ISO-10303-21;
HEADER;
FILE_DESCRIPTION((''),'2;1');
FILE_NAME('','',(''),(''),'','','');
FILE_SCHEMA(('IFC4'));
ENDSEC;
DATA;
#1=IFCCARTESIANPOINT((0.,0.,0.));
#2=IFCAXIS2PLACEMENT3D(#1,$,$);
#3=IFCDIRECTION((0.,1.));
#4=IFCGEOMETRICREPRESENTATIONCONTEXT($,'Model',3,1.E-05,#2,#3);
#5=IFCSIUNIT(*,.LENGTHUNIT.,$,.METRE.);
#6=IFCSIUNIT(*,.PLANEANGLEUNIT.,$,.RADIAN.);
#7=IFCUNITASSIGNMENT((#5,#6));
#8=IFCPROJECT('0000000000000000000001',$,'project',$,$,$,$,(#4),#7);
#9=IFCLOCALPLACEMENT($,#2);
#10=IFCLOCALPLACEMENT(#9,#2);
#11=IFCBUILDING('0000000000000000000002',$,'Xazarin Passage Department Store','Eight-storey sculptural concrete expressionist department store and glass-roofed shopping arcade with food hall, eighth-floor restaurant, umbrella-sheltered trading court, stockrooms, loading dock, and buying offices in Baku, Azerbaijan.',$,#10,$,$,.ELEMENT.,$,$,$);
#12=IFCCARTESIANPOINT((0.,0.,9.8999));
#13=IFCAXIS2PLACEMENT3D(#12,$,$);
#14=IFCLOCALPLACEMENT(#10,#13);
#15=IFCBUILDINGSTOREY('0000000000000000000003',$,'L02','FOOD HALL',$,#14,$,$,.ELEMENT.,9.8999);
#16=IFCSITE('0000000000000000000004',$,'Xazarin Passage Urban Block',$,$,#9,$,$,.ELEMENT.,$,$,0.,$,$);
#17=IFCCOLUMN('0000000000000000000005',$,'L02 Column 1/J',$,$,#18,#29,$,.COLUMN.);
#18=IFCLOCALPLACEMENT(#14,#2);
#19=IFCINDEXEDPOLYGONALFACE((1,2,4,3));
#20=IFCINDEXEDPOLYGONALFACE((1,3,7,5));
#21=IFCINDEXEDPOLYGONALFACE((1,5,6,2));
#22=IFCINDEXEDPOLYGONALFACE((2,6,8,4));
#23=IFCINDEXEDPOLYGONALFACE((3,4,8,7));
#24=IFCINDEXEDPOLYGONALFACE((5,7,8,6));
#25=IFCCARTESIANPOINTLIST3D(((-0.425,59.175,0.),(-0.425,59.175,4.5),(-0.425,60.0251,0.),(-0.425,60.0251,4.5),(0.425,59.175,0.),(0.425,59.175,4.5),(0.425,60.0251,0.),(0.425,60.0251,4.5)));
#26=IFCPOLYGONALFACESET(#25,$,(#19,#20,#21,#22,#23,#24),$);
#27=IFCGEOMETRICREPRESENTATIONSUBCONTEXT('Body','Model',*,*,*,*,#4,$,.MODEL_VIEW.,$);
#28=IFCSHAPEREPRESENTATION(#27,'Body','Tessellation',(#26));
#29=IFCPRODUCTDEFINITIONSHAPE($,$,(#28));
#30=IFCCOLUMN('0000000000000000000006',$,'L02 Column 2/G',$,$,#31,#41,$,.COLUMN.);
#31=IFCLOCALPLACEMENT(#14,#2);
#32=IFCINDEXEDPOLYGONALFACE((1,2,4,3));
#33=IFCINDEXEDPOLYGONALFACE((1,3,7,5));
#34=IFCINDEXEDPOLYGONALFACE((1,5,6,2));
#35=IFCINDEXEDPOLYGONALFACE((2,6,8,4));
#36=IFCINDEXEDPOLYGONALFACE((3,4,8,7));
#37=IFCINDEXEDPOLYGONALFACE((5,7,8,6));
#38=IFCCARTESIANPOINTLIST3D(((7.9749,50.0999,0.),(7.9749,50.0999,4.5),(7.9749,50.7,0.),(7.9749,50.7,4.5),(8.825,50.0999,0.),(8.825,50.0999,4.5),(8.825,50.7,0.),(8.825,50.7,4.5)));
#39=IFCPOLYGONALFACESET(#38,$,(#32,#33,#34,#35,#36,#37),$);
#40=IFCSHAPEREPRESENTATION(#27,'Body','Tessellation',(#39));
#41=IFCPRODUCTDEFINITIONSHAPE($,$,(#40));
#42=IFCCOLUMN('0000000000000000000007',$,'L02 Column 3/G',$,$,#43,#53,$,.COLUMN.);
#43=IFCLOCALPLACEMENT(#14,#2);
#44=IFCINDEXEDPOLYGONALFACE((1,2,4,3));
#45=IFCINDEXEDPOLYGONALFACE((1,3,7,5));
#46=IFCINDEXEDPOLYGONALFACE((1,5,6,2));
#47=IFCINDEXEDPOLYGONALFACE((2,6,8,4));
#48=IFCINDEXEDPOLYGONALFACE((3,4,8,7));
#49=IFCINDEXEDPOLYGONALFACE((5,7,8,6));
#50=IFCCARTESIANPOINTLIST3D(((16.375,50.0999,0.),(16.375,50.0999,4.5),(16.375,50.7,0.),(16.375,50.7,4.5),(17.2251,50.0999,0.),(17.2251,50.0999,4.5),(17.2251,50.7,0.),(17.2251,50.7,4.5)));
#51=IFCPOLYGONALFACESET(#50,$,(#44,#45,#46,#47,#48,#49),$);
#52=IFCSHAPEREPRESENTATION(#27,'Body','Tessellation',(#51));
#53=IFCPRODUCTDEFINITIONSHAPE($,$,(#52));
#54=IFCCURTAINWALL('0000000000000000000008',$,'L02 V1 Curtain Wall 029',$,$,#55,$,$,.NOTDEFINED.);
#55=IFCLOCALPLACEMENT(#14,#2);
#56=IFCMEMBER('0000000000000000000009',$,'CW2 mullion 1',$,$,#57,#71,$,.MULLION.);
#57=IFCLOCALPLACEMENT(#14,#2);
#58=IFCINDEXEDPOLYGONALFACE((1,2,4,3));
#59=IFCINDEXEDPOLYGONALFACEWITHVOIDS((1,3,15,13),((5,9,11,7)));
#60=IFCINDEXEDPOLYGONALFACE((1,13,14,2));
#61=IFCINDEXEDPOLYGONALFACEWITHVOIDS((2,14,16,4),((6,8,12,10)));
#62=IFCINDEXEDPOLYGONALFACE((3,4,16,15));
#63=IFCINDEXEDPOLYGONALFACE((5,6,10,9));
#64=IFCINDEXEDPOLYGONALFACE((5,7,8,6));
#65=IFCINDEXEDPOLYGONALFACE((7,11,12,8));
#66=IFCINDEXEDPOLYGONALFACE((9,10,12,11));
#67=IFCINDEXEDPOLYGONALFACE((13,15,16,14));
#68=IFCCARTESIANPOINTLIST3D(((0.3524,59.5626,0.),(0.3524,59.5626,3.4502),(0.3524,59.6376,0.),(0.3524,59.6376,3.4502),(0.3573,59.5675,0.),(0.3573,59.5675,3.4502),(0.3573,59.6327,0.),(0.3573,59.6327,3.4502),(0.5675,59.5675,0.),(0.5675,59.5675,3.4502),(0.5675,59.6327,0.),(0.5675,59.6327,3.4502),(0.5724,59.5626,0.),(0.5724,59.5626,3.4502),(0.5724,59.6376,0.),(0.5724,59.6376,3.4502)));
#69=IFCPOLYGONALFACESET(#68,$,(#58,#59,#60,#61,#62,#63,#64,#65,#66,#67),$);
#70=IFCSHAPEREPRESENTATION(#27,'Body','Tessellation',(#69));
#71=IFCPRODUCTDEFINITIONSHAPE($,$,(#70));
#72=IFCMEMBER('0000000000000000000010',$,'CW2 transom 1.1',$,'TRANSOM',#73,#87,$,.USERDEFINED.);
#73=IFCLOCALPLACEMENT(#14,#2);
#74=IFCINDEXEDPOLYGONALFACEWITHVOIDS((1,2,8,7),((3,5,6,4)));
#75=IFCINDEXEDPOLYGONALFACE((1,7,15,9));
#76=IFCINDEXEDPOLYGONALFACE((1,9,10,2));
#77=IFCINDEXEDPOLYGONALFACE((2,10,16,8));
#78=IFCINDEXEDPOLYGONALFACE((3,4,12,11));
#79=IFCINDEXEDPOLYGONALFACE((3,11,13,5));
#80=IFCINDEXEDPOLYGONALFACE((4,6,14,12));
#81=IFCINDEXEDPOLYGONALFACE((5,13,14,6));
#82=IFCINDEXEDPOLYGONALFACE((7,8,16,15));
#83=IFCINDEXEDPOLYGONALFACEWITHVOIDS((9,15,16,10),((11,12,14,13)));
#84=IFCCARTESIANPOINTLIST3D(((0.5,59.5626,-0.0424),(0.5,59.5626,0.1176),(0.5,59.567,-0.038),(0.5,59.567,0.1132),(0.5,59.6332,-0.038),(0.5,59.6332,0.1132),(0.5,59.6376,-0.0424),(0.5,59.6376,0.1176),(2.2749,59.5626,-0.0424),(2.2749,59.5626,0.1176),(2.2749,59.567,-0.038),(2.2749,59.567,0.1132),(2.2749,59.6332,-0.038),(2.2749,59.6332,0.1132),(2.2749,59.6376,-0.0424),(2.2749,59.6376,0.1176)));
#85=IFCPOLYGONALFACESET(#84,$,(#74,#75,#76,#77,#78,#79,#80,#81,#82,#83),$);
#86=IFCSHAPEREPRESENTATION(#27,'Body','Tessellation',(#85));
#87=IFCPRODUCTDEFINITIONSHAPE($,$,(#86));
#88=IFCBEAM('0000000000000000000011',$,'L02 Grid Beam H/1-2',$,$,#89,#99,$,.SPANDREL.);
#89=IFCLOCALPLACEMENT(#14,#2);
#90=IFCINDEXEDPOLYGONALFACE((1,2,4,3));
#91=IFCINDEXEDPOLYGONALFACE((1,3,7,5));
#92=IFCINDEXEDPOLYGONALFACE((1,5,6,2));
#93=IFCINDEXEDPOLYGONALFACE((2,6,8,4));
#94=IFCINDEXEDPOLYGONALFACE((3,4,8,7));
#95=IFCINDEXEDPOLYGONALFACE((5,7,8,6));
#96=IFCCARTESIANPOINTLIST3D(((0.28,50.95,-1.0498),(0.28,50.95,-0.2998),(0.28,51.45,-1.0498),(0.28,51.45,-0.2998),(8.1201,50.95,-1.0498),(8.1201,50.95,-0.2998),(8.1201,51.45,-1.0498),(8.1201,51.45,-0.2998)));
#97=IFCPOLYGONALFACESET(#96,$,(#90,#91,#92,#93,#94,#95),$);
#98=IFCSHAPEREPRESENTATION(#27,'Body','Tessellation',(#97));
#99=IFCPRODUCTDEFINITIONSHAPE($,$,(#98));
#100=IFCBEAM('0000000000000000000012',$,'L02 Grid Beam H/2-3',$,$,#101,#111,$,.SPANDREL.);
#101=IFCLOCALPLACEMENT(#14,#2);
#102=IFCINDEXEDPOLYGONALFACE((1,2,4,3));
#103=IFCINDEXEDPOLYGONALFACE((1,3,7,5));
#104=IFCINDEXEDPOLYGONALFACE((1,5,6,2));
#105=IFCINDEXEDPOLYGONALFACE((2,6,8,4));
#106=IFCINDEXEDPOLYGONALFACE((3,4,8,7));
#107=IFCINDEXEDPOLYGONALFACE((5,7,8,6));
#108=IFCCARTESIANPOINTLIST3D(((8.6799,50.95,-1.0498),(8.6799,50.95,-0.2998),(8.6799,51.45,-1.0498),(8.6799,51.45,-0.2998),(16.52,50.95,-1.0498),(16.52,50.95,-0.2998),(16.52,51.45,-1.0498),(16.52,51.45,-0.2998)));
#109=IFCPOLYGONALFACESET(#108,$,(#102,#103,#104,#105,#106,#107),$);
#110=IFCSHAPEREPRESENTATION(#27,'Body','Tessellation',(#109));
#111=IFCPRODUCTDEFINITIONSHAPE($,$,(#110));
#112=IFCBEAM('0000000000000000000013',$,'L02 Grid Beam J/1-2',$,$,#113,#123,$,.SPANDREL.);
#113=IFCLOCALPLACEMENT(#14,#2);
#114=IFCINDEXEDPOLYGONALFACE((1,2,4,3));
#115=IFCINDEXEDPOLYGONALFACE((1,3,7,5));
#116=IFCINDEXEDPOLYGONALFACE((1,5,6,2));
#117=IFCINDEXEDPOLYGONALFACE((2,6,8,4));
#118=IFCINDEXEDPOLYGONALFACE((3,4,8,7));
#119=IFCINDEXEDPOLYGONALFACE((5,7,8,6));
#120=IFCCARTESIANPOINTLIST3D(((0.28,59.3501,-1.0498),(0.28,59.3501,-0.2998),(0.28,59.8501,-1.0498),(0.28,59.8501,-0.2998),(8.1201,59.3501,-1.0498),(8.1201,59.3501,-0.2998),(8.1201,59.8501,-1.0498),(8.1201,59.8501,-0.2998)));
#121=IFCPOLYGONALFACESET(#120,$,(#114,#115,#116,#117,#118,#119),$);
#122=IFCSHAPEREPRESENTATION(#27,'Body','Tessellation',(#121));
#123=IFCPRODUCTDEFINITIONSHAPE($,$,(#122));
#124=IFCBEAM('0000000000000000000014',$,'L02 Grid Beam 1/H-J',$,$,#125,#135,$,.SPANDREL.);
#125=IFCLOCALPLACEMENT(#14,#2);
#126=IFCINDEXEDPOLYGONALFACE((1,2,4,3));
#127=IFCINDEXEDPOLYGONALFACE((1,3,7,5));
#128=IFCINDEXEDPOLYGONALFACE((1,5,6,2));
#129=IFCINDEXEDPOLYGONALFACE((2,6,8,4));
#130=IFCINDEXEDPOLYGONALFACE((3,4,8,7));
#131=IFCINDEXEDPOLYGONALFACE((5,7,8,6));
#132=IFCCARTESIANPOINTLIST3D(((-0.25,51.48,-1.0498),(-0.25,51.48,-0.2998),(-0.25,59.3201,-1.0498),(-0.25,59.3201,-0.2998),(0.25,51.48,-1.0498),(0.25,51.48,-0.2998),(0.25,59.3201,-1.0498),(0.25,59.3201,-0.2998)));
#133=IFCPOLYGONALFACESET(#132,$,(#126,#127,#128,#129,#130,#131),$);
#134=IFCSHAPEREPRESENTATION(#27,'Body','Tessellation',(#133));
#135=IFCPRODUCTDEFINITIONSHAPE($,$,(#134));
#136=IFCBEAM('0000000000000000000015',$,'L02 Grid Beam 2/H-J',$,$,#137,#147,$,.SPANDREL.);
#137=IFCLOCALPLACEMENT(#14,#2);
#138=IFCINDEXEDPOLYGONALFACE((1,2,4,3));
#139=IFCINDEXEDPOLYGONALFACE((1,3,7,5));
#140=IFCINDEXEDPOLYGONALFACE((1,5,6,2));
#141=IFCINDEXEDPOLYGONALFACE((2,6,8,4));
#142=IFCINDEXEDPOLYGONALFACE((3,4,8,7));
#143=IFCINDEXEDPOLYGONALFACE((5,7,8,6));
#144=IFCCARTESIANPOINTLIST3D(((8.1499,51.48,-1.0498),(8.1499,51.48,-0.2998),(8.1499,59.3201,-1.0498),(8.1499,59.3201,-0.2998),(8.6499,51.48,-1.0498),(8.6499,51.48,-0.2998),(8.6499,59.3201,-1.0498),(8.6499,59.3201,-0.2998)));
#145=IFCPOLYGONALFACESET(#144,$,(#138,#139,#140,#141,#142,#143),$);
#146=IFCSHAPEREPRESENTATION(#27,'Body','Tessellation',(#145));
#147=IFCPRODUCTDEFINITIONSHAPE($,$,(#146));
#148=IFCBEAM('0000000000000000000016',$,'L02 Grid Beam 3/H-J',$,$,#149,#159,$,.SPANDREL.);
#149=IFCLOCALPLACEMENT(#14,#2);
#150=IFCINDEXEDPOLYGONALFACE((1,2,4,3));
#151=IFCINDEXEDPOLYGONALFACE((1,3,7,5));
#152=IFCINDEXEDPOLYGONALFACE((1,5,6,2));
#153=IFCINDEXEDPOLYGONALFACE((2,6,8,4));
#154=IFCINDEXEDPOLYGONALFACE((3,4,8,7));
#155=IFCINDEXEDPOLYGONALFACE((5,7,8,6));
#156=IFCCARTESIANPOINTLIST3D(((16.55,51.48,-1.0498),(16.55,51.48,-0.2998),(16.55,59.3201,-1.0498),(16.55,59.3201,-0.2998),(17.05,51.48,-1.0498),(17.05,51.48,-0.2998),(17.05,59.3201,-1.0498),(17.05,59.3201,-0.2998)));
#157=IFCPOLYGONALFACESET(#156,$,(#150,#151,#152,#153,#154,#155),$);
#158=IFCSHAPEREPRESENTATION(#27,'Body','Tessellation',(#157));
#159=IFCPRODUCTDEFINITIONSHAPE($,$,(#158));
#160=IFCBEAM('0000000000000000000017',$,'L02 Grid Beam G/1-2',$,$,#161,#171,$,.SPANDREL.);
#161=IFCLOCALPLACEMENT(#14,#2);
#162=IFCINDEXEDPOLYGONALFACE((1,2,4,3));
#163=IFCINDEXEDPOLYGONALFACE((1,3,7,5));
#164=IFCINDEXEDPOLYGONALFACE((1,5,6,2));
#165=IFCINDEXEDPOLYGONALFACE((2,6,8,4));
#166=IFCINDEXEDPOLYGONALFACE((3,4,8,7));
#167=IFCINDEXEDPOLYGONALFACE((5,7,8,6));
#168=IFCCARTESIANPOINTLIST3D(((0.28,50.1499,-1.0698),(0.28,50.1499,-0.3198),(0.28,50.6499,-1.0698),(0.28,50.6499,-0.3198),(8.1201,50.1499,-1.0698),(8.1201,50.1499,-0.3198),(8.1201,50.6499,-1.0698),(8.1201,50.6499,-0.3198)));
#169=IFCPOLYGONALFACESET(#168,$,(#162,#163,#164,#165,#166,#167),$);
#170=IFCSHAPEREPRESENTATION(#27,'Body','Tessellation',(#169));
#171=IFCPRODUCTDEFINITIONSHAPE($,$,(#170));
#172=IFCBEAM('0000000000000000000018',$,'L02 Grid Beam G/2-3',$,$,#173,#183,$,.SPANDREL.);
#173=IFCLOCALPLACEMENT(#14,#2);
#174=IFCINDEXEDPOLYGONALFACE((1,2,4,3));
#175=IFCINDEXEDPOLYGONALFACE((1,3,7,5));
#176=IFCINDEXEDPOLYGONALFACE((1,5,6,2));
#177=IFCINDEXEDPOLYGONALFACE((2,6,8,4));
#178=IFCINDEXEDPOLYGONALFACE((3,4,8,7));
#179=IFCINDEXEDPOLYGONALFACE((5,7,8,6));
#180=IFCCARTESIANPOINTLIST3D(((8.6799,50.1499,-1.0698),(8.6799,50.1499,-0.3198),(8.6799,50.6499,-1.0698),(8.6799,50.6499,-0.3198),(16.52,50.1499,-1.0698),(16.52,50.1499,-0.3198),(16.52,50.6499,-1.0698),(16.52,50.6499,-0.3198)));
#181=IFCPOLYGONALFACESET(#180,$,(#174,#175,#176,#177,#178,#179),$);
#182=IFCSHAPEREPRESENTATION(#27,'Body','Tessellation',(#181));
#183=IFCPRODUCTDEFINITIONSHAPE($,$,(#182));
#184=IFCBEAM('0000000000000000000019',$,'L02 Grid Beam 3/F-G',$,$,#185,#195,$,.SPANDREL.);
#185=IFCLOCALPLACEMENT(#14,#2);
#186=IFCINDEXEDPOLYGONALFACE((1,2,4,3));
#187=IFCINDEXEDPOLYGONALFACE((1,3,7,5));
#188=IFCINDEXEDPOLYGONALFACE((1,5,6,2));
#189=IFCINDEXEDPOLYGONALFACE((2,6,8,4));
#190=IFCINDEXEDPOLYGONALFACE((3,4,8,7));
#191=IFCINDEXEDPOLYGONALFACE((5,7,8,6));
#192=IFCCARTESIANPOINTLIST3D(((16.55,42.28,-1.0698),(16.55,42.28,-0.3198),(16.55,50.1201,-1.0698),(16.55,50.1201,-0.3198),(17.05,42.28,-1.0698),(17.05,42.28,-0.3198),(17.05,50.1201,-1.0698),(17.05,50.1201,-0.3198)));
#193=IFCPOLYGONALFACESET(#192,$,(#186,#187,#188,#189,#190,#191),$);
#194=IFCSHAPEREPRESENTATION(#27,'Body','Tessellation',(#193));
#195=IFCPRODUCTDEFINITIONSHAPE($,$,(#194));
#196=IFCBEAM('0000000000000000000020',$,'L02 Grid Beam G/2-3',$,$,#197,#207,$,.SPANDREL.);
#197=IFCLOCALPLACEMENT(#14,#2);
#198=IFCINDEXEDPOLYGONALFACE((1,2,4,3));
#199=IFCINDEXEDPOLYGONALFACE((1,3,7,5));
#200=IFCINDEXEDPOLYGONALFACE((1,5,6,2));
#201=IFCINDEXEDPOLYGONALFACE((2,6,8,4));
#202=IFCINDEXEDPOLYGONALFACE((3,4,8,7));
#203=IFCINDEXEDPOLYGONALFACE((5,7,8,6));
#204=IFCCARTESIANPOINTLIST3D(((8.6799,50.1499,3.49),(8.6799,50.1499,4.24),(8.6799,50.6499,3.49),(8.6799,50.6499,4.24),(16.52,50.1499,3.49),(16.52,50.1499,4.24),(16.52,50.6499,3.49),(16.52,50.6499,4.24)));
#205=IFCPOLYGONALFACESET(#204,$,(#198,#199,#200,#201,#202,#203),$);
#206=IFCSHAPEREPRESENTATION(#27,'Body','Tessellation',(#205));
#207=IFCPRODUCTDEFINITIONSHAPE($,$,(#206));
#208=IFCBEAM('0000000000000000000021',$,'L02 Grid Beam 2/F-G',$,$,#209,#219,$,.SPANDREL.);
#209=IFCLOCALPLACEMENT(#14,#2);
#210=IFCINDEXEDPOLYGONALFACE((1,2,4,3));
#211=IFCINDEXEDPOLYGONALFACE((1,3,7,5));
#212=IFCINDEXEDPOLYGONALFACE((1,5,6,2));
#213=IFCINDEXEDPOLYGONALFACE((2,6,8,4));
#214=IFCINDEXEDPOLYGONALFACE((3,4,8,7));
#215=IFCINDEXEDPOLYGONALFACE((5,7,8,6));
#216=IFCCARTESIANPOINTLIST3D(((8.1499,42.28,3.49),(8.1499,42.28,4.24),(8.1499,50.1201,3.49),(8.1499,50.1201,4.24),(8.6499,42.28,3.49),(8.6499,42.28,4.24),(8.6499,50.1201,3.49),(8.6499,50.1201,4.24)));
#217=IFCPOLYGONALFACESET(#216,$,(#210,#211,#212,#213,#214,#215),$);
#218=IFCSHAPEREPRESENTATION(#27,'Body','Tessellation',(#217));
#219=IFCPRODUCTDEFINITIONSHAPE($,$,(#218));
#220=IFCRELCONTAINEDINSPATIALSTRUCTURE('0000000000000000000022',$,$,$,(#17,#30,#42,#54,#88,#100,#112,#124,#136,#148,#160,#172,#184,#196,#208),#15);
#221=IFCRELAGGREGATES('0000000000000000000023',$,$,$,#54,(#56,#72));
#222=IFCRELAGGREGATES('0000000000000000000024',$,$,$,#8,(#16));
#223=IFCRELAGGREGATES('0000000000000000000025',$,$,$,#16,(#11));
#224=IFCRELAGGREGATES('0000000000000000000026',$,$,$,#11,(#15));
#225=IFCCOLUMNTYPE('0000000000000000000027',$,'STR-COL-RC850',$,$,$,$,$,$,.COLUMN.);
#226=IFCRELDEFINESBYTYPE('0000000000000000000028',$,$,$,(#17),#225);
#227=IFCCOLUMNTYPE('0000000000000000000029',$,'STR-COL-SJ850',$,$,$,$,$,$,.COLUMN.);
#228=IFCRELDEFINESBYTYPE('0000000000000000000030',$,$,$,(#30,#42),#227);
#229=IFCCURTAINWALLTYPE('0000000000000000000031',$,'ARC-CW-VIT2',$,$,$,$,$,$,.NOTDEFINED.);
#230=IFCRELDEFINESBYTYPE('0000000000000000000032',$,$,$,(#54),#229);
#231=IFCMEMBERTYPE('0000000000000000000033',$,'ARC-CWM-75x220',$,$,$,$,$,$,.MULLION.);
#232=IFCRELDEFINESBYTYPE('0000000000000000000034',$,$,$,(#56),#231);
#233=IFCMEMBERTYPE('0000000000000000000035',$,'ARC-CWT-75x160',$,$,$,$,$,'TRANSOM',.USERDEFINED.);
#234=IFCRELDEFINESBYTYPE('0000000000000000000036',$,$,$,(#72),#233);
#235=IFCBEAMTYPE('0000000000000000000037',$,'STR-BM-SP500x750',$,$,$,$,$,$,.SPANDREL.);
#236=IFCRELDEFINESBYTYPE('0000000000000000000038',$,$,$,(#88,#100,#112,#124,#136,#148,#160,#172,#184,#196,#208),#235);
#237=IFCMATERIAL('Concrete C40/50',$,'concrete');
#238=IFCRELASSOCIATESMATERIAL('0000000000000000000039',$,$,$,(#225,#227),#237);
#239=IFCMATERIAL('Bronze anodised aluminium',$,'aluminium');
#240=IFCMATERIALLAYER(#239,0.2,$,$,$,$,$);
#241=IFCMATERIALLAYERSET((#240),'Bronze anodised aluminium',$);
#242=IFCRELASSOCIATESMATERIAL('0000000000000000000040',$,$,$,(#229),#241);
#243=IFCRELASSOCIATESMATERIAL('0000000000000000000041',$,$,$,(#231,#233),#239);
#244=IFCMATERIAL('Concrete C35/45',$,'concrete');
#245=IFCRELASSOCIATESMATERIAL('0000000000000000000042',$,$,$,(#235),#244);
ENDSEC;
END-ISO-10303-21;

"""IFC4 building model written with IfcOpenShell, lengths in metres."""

from ifc_helpers import new_model, si_unit, direction, frame, origin, origin_2d, place, context, subcontext, project, spatial, rectangle, hollow_rectangle, extrude, material, layer, layer_set, material_profile, profile_set, type_object, element, aggregate, save


model = new_model("IFC4")

# Units and contexts
model_context = context("Model", 3, precision=1e-05, world=origin(), true_north=direction((0.0, 1.0)))
body_context = subcontext(model_context, "Body", "Model", "MODEL_VIEW")
ifc_project = project(units=[si_unit("LENGTHUNIT", "METRE"), si_unit("PLANEANGLEUNIT", "RADIAN")], contexts=[model_context])

# Site, building, storey
site_placement = place(None, origin())
site = spatial("IfcSite", under=ifc_project, at=site_placement, Name="Xazarin Passage Urban Block", CompositionType="ELEMENT", RefElevation=0.0)
building_placement = place(site_placement, origin())
building = spatial("IfcBuilding", under=site, at=building_placement, Name="Xazarin Passage Department Store", Description="Eight-storey sculptural concrete expressionist department store and glass-roofed shopping arcade with food hall, eighth-floor restaurant, umbrella-sheltered trading court, stockrooms, loading dock, and buying offices in Baku, Azerbaijan.", CompositionType="ELEMENT")
storey_placement = place(building_placement, frame((0.0, 0.0, 9.8999)))
storey = spatial("IfcBuildingStorey", under=building, at=storey_placement, Name="L02", Description="FOOD HALL", CompositionType="ELEMENT", Elevation=9.8999)

# Columns
ifc_material_1 = material(Name="Concrete C40/50", Category="concrete")
ifc_material_profile_1 = material_profile(ifc_material_1, rectangle(XDim=0.8501, YDim=0.8501, at=origin_2d()), Name="RC 850x850")
ifc_profile_set_1 = profile_set([ifc_material_profile_1], Name="Concrete C40/50")
column_type_1 = type_object("IfcColumnType", Name="STR-COL-RC850", PredefinedType="COLUMN", material=ifc_profile_set_1)
column_placement = place(storey_placement, frame((0.0, 59.6001, 0.0), z_axis=(0.0, 0.0, 1.0), x_axis=(1.0, 0.0, 0.0)))
element("IfcColumn", 1, at=column_placement, inside=storey, type_object=column_type_1, Name="L02 Column 1/J", PredefinedType="COLUMN", context=body_context, shape_type="SweptSolid", body=[
    extrude(rectangle(XDim=0.8501, YDim=0.8501, at=origin_2d()), origin(), (0.0, 0.0, 1.0), 4.5),
])
ifc_material_profile_2 = material_profile(ifc_material_1, rectangle(XDim=0.6001, YDim=0.8501, at=origin_2d()), Name="RC 600x850")
ifc_profile_set_2 = profile_set([ifc_material_profile_2], Name="Concrete C40/50")
column_type_2 = type_object("IfcColumnType", Name="STR-COL-SJ850", PredefinedType="COLUMN", material=ifc_profile_set_2)
for number, where, z_axis, x_axis, name in (
    (2, (8.3999, 50.3999, 0.0), (0.0, 0.0, 1.0), (0.0, 1.0, 0.0), "L02 Column 2/G"),
    (3, (16.8, 50.3999, 0.0), (0.0, 0.0, 1.0), (0.0, 1.0, 0.0), "L02 Column 3/G"),
):
    element("IfcColumn", number, at=place(storey_placement, frame(where, z_axis=z_axis, x_axis=x_axis)), inside=storey, type_object=column_type_2, Name=name, PredefinedType="COLUMN", context=body_context, shape_type="SweptSolid", body=[
        extrude(rectangle(XDim=0.6001, YDim=0.8501, at=origin_2d()), origin(), (0.0, 0.0, 1.0), 4.5),
    ])

# Curtain wall, members
ifc_material_2 = material(Name="Bronze anodised aluminium", Category="aluminium")
ifc_layer_1 = layer(ifc_material_2, 0.2)
ifc_layer_set_1 = layer_set([ifc_layer_1], Name="Bronze anodised aluminium")
curtain_wall_type = type_object("IfcCurtainWallType", Name="ARC-CW-VIT2", PredefinedType="NOTDEFINED", material=ifc_layer_set_1)
curtain_wall_placement = place(storey_placement, origin())
curtain_wall = element("IfcCurtainWall", 4, at=curtain_wall_placement, inside=storey, type_object=curtain_wall_type, Name="L02 V1 Curtain Wall 029", PredefinedType="NOTDEFINED")
ifc_material_profile_3 = material_profile(ifc_material_2, hollow_rectangle(XDim=0.075, YDim=0.22, WallThickness=0.0049, at=origin_2d()), Name="ALU 75x220")
ifc_profile_set_3 = profile_set([ifc_material_profile_3], Name="Bronze anodised aluminium")
member_type_1 = type_object("IfcMemberType", Name="ARC-CWM-75x220", PredefinedType="MULLION", material=ifc_profile_set_3)
member_1_placement = place(storey_placement, frame((0.4624, 59.6001, 0.0), z_axis=(0.0, 0.0, 1.0), x_axis=(0.0, 1.0, 0.0)))
member_1 = element("IfcMember", 5, at=member_1_placement, type_object=member_type_1, Name="CW2 mullion 1", PredefinedType="MULLION", context=body_context, shape_type="SweptSolid", body=[
    extrude(hollow_rectangle(XDim=0.075, YDim=0.22, WallThickness=0.0049, at=origin_2d()), origin(), (0.0, 0.0, 1.0), 3.4502),
])
ifc_material_profile_4 = material_profile(ifc_material_2, hollow_rectangle(XDim=0.075, YDim=0.1599, WallThickness=0.0044, at=origin_2d()), Name="ALU 75x160")
ifc_profile_set_4 = profile_set([ifc_material_profile_4], Name="Bronze anodised aluminium")
member_type_2 = type_object("IfcMemberType", Name="ARC-CWT-75x160", ElementType="TRANSOM", PredefinedType="USERDEFINED", material=ifc_profile_set_4)
member_2_placement = place(storey_placement, frame((0.5, 59.6001, 0.0376), z_axis=(1.0, 0.0, 0.0), x_axis=(0.0, 1.0, 0.0)))
member_2 = element("IfcMember", 6, at=member_2_placement, type_object=member_type_2, Name="CW2 transom 1.1", ObjectType="TRANSOM", PredefinedType="USERDEFINED", context=body_context, shape_type="SweptSolid", body=[
    extrude(hollow_rectangle(XDim=0.075, YDim=0.1599, WallThickness=0.0044, at=origin_2d()), origin(), (0.0, 0.0, 1.0), 1.7749),
])
aggregate(curtain_wall, [member_1, member_2])

# Beams
ifc_material_3 = material(Name="Concrete C35/45", Category="concrete")
ifc_material_profile_5 = material_profile(ifc_material_3, rectangle(XDim=0.5, YDim=0.75, at=origin_2d()), Name="RC 500x750")
ifc_profile_set_5 = profile_set([ifc_material_profile_5], Name="Concrete C35/45")
beam_type = type_object("IfcBeamType", Name="STR-BM-SP500x750", PredefinedType="SPANDREL", material=ifc_profile_set_5)
for number, where, z_axis, x_axis, name in (
    (7, (0.28, 51.2, -0.6748), (1.0, 0.0, 0.0), (0.0, 1.0, 0.0), "L02 Grid Beam H/1-2"),
    (8, (8.6799, 51.2, -0.6748), (1.0, 0.0, 0.0), (0.0, 1.0, 0.0), "L02 Grid Beam H/2-3"),
    (9, (0.28, 59.6001, -0.6748), (1.0, 0.0, 0.0), (0.0, 1.0, 0.0), "L02 Grid Beam J/1-2"),
    (10, (0.0, 51.48, -0.6748), (0.0, 1.0, 0.0), (-1.0, 0.0, 0.0), "L02 Grid Beam 1/H-J"),
    (11, (8.3999, 51.48, -0.6748), (0.0, 1.0, 0.0), (-1.0, 0.0, 0.0), "L02 Grid Beam 2/H-J"),
    (12, (16.8, 51.48, -0.6748), (0.0, 1.0, 0.0), (-1.0, 0.0, 0.0), "L02 Grid Beam 3/H-J"),
    (13, (0.28, 50.3999, -0.6948), (1.0, 0.0, 0.0), (0.0, 1.0, 0.0), "L02 Grid Beam G/1-2"),
    (14, (8.6799, 50.3999, -0.6948), (1.0, 0.0, 0.0), (0.0, 1.0, 0.0), "L02 Grid Beam G/2-3"),
    (15, (16.8, 42.28, -0.6948), (0.0, 1.0, 0.0), (-1.0, 0.0, 0.0), "L02 Grid Beam 3/F-G"),
    (16, (8.6799, 50.3999, 3.865), (1.0, 0.0, 0.0), (0.0, 1.0, 0.0), "L02 Grid Beam G/2-3"),
    (17, (8.3999, 42.28, 3.865), (0.0, 1.0, 0.0), (-1.0, 0.0, 0.0), "L02 Grid Beam 2/F-G"),
):
    element("IfcBeam", number, at=place(storey_placement, frame(where, z_axis=z_axis, x_axis=x_axis)), inside=storey, type_object=beam_type, Name=name, PredefinedType="SPANDREL", context=body_context, shape_type="SweptSolid", body=[
        extrude(rectangle(XDim=0.5, YDim=0.75, at=origin_2d()), origin(), (0.0, 0.0, 1.0), 7.8401),
    ])

save(model, "model.ifc")
